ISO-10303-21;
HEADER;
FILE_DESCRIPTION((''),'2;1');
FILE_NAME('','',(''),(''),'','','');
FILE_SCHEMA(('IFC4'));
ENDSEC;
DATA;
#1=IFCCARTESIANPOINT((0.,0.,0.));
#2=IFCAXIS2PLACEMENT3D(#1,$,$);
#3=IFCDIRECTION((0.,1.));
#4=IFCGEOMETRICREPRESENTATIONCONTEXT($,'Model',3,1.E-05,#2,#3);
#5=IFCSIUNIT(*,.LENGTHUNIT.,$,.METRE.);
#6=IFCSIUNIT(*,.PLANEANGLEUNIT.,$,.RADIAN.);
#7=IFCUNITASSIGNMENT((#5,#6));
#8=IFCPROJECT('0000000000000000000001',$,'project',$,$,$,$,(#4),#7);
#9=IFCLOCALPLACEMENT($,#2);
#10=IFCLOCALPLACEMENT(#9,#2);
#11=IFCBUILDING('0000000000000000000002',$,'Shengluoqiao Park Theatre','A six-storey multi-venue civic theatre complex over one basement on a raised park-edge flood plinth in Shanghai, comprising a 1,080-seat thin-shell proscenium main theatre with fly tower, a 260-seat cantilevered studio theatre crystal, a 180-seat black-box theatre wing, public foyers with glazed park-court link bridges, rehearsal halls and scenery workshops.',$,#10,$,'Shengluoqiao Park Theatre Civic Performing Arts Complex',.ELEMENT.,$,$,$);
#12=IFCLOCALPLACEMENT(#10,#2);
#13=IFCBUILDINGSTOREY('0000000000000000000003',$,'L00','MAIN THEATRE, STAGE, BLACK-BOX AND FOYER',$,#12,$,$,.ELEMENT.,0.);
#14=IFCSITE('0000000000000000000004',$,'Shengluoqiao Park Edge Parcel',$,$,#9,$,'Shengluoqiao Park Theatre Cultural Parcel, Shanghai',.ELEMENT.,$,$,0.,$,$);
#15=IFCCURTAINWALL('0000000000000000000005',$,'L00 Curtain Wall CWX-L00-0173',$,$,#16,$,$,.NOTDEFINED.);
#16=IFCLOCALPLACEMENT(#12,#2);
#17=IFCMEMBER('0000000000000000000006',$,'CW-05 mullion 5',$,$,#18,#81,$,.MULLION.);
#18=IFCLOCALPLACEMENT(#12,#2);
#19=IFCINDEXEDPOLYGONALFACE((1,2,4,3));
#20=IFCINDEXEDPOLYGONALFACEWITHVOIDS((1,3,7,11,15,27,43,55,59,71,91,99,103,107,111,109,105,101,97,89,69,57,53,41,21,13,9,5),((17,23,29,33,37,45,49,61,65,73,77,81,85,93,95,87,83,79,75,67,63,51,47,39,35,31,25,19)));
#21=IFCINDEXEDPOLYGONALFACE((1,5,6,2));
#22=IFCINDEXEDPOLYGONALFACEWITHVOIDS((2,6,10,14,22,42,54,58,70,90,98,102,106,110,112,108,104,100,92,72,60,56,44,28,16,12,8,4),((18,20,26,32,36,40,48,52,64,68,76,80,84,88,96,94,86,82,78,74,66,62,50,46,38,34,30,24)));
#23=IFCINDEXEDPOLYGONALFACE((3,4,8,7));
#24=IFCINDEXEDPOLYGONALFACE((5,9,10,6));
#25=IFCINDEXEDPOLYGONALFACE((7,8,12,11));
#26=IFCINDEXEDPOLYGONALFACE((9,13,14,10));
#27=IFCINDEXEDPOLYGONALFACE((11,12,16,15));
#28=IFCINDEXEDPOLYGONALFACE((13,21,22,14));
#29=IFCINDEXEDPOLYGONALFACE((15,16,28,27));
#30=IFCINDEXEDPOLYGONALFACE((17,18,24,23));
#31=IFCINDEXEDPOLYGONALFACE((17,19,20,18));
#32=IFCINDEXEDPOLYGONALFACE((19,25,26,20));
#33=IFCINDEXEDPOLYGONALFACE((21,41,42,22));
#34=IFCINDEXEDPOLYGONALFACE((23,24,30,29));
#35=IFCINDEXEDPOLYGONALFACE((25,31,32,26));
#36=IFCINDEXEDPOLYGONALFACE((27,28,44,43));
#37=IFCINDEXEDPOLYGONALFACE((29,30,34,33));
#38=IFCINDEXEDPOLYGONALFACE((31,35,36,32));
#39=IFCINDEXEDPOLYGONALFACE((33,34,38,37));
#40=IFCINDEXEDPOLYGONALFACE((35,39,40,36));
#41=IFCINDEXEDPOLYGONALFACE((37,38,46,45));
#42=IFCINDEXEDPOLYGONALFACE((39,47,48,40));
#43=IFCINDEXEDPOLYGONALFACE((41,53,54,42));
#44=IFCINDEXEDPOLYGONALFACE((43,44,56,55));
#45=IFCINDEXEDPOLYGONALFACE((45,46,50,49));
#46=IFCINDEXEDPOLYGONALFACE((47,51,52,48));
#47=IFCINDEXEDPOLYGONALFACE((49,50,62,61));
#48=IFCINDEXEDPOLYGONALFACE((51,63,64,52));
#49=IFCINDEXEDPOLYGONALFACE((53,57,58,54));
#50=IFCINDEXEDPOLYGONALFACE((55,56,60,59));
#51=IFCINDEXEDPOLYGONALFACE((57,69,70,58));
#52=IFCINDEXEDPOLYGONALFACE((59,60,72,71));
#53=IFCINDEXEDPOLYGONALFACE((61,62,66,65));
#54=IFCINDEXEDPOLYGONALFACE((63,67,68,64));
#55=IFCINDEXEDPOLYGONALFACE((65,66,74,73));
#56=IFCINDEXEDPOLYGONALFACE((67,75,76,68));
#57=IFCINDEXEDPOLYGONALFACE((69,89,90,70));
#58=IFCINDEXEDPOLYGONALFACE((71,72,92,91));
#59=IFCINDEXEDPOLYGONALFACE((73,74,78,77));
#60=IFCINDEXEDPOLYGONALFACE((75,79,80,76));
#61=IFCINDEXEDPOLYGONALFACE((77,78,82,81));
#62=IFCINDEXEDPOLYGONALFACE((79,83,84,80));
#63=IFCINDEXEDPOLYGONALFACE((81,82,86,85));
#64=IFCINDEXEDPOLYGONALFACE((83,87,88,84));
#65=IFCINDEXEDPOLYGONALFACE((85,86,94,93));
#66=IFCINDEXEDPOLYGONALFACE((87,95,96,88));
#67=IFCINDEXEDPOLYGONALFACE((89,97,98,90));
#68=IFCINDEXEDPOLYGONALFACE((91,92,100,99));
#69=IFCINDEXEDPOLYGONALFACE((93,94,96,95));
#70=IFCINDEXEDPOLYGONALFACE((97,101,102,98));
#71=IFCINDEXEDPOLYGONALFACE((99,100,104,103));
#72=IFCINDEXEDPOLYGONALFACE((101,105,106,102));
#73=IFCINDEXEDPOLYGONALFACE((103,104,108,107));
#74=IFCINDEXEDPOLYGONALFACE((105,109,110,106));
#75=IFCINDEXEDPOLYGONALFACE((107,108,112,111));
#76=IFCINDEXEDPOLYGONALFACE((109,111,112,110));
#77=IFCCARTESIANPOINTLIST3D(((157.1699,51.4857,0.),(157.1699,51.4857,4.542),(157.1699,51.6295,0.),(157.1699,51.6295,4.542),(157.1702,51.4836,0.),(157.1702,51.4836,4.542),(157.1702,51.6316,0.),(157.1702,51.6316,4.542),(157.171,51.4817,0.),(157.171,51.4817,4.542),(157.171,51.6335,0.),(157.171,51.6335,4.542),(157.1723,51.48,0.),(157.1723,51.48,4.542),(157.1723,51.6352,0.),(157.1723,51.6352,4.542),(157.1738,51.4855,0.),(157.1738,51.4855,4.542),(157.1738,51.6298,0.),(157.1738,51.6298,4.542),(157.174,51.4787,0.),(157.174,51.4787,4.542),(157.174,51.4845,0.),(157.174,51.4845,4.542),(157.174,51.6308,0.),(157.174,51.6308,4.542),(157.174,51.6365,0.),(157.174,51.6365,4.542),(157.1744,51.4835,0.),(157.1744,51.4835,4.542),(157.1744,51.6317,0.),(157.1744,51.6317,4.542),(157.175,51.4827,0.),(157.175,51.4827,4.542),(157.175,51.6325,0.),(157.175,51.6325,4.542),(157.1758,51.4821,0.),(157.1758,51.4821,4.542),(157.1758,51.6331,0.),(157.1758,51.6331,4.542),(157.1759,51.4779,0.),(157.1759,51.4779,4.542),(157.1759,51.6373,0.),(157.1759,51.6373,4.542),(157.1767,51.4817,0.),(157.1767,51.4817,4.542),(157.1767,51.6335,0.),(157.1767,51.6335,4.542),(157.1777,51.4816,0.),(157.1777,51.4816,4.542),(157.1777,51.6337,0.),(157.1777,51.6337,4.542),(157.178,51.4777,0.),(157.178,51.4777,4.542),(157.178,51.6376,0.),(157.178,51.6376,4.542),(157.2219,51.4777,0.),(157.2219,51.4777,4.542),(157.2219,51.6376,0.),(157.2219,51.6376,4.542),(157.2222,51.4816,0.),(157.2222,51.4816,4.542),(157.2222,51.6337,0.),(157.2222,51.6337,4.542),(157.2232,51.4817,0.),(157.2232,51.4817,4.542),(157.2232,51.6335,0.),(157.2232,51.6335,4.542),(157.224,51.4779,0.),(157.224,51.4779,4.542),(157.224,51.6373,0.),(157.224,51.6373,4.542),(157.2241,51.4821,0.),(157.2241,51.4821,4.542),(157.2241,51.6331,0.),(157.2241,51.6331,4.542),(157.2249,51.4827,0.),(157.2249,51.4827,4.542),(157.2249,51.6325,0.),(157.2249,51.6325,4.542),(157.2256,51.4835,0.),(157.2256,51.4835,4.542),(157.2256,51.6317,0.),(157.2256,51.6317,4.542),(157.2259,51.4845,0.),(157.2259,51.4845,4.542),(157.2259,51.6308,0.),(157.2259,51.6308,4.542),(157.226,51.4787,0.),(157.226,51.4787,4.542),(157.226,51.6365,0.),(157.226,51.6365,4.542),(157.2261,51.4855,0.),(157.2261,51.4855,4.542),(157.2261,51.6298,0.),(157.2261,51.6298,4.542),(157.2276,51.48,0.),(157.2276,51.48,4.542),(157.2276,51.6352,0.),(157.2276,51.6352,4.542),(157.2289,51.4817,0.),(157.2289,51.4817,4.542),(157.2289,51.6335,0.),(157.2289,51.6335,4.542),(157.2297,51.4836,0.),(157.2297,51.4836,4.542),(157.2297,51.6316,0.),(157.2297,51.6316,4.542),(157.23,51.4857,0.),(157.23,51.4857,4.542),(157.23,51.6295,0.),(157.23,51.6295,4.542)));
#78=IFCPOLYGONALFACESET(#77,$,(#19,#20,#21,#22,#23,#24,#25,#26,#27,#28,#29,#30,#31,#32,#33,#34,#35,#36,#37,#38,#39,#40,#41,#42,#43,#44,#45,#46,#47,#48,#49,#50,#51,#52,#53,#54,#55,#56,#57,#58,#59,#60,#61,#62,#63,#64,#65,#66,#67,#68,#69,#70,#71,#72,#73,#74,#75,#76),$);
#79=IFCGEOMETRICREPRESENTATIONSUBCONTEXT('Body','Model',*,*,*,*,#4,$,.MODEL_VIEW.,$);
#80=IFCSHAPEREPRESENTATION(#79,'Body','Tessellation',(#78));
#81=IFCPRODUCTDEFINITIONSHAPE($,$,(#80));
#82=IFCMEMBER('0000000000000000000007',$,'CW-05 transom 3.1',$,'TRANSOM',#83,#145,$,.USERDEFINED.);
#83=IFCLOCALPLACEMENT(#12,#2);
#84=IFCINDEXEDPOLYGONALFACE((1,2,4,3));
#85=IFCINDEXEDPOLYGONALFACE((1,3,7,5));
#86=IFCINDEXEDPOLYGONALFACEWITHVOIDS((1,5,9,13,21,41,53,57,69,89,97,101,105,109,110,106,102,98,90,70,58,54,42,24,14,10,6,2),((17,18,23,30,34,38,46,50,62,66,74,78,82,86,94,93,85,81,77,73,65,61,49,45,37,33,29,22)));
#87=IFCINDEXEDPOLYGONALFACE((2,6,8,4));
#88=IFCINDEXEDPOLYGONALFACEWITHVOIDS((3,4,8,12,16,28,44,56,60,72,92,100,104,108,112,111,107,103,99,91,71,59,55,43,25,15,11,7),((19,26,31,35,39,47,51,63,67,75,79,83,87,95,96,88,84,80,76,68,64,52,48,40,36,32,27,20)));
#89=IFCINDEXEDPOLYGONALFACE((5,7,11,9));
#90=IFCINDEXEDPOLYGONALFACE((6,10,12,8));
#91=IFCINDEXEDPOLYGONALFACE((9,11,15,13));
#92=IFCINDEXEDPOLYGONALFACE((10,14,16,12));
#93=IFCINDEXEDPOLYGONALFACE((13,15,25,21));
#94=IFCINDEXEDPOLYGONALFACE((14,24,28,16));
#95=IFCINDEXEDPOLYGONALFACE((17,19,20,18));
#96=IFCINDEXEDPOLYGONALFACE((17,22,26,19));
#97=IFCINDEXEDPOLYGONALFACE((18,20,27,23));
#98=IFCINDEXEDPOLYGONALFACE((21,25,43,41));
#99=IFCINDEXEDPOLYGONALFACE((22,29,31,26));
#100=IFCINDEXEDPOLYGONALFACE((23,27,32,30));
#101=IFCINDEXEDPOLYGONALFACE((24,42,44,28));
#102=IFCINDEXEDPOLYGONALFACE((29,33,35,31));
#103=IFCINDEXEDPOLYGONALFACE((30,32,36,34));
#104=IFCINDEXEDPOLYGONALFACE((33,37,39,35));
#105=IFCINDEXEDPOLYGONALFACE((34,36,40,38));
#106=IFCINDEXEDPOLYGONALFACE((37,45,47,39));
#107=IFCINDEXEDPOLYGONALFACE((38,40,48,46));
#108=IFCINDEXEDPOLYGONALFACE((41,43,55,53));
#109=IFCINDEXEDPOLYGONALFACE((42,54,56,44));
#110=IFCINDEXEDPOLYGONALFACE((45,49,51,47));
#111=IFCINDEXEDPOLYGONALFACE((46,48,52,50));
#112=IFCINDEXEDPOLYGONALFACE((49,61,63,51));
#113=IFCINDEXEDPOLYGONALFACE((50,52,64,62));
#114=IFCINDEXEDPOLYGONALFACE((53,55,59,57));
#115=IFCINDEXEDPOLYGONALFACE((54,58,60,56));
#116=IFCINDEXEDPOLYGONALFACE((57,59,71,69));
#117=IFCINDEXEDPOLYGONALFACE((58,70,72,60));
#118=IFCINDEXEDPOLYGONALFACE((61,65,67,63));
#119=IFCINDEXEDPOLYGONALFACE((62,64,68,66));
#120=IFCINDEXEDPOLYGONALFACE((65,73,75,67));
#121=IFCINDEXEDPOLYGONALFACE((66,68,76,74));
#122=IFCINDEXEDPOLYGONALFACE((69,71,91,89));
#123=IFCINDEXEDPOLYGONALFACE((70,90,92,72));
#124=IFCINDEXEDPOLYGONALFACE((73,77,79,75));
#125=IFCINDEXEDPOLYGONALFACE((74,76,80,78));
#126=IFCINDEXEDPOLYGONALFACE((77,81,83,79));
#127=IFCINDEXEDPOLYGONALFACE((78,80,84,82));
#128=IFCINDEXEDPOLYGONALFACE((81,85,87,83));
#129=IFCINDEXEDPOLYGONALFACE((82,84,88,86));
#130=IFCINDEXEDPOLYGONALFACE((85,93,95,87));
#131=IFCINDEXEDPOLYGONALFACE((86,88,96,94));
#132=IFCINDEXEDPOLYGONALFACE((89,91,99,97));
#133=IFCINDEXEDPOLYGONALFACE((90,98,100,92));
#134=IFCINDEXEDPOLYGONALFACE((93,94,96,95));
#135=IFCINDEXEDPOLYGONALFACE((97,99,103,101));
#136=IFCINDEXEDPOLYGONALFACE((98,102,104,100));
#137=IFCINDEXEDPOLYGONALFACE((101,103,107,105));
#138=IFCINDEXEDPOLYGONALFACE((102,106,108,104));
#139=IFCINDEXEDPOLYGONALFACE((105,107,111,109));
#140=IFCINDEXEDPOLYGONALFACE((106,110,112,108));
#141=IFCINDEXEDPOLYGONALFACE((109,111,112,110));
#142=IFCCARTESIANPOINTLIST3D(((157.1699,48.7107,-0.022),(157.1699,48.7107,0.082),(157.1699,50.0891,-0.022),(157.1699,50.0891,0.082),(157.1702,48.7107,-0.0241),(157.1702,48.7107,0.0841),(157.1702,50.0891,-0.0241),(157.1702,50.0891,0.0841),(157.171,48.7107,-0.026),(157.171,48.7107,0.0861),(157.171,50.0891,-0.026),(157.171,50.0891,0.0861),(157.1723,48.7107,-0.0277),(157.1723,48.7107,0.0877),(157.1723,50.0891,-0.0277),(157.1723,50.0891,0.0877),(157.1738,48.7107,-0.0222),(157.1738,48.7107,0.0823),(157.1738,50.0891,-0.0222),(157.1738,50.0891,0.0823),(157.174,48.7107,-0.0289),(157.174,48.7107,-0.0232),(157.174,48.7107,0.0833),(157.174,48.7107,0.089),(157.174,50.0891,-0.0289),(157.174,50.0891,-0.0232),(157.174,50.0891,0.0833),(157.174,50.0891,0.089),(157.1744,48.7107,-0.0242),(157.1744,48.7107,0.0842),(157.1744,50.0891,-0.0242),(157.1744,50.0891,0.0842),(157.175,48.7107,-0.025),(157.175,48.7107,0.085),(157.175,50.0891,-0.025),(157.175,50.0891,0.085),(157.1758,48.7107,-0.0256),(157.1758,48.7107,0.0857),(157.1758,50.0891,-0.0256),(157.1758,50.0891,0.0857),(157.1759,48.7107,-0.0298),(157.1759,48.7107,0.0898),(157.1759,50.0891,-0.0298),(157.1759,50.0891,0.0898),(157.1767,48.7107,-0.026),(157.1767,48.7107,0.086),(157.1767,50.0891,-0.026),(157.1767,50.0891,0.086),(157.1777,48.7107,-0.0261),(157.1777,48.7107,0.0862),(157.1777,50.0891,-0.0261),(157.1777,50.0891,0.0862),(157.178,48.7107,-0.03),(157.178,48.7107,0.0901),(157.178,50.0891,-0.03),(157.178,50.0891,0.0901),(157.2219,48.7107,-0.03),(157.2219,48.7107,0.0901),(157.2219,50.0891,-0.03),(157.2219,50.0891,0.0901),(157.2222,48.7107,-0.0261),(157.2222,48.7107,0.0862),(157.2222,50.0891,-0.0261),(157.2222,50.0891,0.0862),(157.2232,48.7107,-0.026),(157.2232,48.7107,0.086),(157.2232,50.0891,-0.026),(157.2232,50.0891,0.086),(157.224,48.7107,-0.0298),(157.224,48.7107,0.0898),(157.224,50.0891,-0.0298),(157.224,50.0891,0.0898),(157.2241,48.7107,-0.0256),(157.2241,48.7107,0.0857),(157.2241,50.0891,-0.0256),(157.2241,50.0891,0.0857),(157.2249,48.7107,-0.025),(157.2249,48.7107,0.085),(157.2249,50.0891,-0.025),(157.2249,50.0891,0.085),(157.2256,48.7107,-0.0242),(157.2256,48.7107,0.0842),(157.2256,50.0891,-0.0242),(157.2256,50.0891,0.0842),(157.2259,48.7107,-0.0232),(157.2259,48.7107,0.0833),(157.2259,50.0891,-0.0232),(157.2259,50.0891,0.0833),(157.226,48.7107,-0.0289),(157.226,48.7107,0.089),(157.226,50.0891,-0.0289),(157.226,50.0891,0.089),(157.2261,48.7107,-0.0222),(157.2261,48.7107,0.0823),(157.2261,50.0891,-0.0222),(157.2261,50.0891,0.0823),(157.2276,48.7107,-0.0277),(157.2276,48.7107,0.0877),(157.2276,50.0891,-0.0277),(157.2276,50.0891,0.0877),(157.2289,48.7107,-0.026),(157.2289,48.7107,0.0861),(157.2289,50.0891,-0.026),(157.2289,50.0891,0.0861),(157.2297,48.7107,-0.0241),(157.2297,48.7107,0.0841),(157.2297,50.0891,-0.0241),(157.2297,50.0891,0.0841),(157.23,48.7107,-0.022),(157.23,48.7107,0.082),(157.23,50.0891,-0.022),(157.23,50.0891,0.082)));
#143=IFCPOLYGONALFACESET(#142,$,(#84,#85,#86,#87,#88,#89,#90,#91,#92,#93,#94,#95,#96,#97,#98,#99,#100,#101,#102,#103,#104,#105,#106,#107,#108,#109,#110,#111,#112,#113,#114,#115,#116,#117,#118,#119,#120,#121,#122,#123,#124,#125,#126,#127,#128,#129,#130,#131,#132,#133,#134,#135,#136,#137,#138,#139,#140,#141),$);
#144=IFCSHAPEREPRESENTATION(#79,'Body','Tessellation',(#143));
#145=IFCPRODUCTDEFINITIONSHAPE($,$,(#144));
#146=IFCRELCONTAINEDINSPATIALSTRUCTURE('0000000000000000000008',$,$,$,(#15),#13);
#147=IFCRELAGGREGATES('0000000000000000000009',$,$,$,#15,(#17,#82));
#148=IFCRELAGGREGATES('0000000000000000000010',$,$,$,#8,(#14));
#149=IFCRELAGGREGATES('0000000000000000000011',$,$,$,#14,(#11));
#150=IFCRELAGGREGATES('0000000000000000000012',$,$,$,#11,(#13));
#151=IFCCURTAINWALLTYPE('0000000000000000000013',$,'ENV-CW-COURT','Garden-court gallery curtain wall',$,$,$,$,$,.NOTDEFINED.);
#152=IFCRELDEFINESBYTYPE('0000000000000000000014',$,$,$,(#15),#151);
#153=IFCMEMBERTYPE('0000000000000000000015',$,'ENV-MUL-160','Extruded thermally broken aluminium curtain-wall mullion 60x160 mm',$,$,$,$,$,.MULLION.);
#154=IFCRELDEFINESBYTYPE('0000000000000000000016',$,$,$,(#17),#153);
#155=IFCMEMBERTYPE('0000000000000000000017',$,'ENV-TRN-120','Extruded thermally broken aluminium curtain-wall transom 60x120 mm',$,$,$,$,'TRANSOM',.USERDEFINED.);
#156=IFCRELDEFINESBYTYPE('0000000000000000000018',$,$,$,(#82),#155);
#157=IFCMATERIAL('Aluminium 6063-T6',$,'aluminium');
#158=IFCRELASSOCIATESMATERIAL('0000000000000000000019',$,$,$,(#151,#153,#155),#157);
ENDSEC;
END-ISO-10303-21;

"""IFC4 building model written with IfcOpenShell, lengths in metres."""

from ifc_helpers import new_model, si_unit, direction, frame, origin, origin_2d, place, context, subcontext, project, spatial, hollow_rectangle, extrude, material, material_profile, profile_set, type_object, element, aggregate, save


model = new_model("IFC4")

# Units and contexts
model_context = context("Model", 3, precision=1e-05, world=origin(), true_north=direction((0.0, 1.0)))
body_context = subcontext(model_context, "Body", "Model", "MODEL_VIEW")
ifc_project = project(units=[si_unit("LENGTHUNIT", "METRE"), si_unit("PLANEANGLEUNIT", "RADIAN")], contexts=[model_context])

# Site, building, storey
site_placement = place(None, origin())
site = spatial("IfcSite", under=ifc_project, at=site_placement, Name="Shengluoqiao Park Edge Parcel", LongName="Shengluoqiao Park Theatre Cultural Parcel, Shanghai", CompositionType="ELEMENT", RefElevation=0.0)
building_placement = place(site_placement, origin())
building = spatial("IfcBuilding", under=site, at=building_placement, Name="Shengluoqiao Park Theatre", Description="A six-storey multi-venue civic theatre complex over one basement on a raised park-edge flood plinth in Shanghai, comprising a 1,080-seat thin-shell proscenium main theatre with fly tower, a 260-seat cantilevered studio theatre crystal, a 180-seat black-box theatre wing, public foyers with glazed park-court link bridges, rehearsal halls and scenery workshops.", LongName="Shengluoqiao Park Theatre Civic Performing Arts Complex", CompositionType="ELEMENT")
storey_placement = place(building_placement, origin())
storey = spatial("IfcBuildingStorey", under=building, at=storey_placement, Name="L00", Description="MAIN THEATRE, STAGE, BLACK-BOX AND FOYER", CompositionType="ELEMENT", Elevation=0.0)

# Curtain wall, members
ifc_material_1 = material(Name="Aluminium 6063-T6", Category="aluminium")
curtain_wall_type = type_object("IfcCurtainWallType", Name="ENV-CW-COURT", Description="Garden-court gallery curtain wall", PredefinedType="NOTDEFINED", material=ifc_material_1)
curtain_wall_placement = place(storey_placement, origin())
curtain_wall = element("IfcCurtainWall", 1, at=curtain_wall_placement, inside=storey, type_object=curtain_wall_type, Name="L00 Curtain Wall CWX-L00-0173", PredefinedType="NOTDEFINED")
ifc_material_profile_1 = material_profile(ifc_material_1, hollow_rectangle(XDim=0.0601, YDim=0.1599, WallThickness=0.0039, InnerFilletRadius=0.0039, OuterFilletRadius=0.0081, at=origin_2d()), Name="ALU MULLION 160x60x4")
ifc_profile_set_1 = profile_set([ifc_material_profile_1], Name="Aluminium 6063-T6")
member_type_1 = type_object("IfcMemberType", Name="ENV-MUL-160", Description="Extruded thermally broken aluminium curtain-wall mullion 60x160 mm", PredefinedType="MULLION", material=ifc_profile_set_1)
member_1_placement = place(storey_placement, frame((157.2, 51.5576, 0.0), z_axis=(0.0, 0.0, 1.0), x_axis=(-1.0, 0.0, 0.0)))
member_1 = element("IfcMember", 2, at=member_1_placement, type_object=member_type_1, Name="CW-05 mullion 5", PredefinedType="MULLION", context=body_context, shape_type="SweptSolid", body=[
    extrude(hollow_rectangle(XDim=0.0601, YDim=0.1599, WallThickness=0.0039, InnerFilletRadius=0.0039, OuterFilletRadius=0.0081, at=origin_2d()), origin(), (0.0, 0.0, 1.0), 4.542),
])
ifc_material_profile_2 = material_profile(ifc_material_1, hollow_rectangle(XDim=0.0601, YDim=0.1201, WallThickness=0.0039, InnerFilletRadius=0.0039, OuterFilletRadius=0.0081, at=origin_2d()), Name="ALU TRANSOM 120x60x4")
ifc_profile_set_2 = profile_set([ifc_material_profile_2], Name="Aluminium 6063-T6")
member_type_2 = type_object("IfcMemberType", Name="ENV-TRN-120", Description="Extruded thermally broken aluminium curtain-wall transom 60x120 mm", ElementType="TRANSOM", PredefinedType="USERDEFINED", material=ifc_profile_set_2)
member_2_placement = place(storey_placement, frame((157.2, 48.7107, 0.03), z_axis=(0.0, 1.0, 0.0), x_axis=(-1.0, 0.0, 0.0)))
member_2 = element("IfcMember", 3, at=member_2_placement, type_object=member_type_2, Name="CW-05 transom 3.1", ObjectType="TRANSOM", PredefinedType="USERDEFINED", context=body_context, shape_type="SweptSolid", body=[
    extrude(hollow_rectangle(XDim=0.0601, YDim=0.1201, WallThickness=0.0039, InnerFilletRadius=0.0039, OuterFilletRadius=0.0081, at=origin_2d()), origin(), (0.0, 0.0, 1.0), 1.3784),
])
aggregate(curtain_wall, [member_1, member_2])

save(model, "model.ifc")
